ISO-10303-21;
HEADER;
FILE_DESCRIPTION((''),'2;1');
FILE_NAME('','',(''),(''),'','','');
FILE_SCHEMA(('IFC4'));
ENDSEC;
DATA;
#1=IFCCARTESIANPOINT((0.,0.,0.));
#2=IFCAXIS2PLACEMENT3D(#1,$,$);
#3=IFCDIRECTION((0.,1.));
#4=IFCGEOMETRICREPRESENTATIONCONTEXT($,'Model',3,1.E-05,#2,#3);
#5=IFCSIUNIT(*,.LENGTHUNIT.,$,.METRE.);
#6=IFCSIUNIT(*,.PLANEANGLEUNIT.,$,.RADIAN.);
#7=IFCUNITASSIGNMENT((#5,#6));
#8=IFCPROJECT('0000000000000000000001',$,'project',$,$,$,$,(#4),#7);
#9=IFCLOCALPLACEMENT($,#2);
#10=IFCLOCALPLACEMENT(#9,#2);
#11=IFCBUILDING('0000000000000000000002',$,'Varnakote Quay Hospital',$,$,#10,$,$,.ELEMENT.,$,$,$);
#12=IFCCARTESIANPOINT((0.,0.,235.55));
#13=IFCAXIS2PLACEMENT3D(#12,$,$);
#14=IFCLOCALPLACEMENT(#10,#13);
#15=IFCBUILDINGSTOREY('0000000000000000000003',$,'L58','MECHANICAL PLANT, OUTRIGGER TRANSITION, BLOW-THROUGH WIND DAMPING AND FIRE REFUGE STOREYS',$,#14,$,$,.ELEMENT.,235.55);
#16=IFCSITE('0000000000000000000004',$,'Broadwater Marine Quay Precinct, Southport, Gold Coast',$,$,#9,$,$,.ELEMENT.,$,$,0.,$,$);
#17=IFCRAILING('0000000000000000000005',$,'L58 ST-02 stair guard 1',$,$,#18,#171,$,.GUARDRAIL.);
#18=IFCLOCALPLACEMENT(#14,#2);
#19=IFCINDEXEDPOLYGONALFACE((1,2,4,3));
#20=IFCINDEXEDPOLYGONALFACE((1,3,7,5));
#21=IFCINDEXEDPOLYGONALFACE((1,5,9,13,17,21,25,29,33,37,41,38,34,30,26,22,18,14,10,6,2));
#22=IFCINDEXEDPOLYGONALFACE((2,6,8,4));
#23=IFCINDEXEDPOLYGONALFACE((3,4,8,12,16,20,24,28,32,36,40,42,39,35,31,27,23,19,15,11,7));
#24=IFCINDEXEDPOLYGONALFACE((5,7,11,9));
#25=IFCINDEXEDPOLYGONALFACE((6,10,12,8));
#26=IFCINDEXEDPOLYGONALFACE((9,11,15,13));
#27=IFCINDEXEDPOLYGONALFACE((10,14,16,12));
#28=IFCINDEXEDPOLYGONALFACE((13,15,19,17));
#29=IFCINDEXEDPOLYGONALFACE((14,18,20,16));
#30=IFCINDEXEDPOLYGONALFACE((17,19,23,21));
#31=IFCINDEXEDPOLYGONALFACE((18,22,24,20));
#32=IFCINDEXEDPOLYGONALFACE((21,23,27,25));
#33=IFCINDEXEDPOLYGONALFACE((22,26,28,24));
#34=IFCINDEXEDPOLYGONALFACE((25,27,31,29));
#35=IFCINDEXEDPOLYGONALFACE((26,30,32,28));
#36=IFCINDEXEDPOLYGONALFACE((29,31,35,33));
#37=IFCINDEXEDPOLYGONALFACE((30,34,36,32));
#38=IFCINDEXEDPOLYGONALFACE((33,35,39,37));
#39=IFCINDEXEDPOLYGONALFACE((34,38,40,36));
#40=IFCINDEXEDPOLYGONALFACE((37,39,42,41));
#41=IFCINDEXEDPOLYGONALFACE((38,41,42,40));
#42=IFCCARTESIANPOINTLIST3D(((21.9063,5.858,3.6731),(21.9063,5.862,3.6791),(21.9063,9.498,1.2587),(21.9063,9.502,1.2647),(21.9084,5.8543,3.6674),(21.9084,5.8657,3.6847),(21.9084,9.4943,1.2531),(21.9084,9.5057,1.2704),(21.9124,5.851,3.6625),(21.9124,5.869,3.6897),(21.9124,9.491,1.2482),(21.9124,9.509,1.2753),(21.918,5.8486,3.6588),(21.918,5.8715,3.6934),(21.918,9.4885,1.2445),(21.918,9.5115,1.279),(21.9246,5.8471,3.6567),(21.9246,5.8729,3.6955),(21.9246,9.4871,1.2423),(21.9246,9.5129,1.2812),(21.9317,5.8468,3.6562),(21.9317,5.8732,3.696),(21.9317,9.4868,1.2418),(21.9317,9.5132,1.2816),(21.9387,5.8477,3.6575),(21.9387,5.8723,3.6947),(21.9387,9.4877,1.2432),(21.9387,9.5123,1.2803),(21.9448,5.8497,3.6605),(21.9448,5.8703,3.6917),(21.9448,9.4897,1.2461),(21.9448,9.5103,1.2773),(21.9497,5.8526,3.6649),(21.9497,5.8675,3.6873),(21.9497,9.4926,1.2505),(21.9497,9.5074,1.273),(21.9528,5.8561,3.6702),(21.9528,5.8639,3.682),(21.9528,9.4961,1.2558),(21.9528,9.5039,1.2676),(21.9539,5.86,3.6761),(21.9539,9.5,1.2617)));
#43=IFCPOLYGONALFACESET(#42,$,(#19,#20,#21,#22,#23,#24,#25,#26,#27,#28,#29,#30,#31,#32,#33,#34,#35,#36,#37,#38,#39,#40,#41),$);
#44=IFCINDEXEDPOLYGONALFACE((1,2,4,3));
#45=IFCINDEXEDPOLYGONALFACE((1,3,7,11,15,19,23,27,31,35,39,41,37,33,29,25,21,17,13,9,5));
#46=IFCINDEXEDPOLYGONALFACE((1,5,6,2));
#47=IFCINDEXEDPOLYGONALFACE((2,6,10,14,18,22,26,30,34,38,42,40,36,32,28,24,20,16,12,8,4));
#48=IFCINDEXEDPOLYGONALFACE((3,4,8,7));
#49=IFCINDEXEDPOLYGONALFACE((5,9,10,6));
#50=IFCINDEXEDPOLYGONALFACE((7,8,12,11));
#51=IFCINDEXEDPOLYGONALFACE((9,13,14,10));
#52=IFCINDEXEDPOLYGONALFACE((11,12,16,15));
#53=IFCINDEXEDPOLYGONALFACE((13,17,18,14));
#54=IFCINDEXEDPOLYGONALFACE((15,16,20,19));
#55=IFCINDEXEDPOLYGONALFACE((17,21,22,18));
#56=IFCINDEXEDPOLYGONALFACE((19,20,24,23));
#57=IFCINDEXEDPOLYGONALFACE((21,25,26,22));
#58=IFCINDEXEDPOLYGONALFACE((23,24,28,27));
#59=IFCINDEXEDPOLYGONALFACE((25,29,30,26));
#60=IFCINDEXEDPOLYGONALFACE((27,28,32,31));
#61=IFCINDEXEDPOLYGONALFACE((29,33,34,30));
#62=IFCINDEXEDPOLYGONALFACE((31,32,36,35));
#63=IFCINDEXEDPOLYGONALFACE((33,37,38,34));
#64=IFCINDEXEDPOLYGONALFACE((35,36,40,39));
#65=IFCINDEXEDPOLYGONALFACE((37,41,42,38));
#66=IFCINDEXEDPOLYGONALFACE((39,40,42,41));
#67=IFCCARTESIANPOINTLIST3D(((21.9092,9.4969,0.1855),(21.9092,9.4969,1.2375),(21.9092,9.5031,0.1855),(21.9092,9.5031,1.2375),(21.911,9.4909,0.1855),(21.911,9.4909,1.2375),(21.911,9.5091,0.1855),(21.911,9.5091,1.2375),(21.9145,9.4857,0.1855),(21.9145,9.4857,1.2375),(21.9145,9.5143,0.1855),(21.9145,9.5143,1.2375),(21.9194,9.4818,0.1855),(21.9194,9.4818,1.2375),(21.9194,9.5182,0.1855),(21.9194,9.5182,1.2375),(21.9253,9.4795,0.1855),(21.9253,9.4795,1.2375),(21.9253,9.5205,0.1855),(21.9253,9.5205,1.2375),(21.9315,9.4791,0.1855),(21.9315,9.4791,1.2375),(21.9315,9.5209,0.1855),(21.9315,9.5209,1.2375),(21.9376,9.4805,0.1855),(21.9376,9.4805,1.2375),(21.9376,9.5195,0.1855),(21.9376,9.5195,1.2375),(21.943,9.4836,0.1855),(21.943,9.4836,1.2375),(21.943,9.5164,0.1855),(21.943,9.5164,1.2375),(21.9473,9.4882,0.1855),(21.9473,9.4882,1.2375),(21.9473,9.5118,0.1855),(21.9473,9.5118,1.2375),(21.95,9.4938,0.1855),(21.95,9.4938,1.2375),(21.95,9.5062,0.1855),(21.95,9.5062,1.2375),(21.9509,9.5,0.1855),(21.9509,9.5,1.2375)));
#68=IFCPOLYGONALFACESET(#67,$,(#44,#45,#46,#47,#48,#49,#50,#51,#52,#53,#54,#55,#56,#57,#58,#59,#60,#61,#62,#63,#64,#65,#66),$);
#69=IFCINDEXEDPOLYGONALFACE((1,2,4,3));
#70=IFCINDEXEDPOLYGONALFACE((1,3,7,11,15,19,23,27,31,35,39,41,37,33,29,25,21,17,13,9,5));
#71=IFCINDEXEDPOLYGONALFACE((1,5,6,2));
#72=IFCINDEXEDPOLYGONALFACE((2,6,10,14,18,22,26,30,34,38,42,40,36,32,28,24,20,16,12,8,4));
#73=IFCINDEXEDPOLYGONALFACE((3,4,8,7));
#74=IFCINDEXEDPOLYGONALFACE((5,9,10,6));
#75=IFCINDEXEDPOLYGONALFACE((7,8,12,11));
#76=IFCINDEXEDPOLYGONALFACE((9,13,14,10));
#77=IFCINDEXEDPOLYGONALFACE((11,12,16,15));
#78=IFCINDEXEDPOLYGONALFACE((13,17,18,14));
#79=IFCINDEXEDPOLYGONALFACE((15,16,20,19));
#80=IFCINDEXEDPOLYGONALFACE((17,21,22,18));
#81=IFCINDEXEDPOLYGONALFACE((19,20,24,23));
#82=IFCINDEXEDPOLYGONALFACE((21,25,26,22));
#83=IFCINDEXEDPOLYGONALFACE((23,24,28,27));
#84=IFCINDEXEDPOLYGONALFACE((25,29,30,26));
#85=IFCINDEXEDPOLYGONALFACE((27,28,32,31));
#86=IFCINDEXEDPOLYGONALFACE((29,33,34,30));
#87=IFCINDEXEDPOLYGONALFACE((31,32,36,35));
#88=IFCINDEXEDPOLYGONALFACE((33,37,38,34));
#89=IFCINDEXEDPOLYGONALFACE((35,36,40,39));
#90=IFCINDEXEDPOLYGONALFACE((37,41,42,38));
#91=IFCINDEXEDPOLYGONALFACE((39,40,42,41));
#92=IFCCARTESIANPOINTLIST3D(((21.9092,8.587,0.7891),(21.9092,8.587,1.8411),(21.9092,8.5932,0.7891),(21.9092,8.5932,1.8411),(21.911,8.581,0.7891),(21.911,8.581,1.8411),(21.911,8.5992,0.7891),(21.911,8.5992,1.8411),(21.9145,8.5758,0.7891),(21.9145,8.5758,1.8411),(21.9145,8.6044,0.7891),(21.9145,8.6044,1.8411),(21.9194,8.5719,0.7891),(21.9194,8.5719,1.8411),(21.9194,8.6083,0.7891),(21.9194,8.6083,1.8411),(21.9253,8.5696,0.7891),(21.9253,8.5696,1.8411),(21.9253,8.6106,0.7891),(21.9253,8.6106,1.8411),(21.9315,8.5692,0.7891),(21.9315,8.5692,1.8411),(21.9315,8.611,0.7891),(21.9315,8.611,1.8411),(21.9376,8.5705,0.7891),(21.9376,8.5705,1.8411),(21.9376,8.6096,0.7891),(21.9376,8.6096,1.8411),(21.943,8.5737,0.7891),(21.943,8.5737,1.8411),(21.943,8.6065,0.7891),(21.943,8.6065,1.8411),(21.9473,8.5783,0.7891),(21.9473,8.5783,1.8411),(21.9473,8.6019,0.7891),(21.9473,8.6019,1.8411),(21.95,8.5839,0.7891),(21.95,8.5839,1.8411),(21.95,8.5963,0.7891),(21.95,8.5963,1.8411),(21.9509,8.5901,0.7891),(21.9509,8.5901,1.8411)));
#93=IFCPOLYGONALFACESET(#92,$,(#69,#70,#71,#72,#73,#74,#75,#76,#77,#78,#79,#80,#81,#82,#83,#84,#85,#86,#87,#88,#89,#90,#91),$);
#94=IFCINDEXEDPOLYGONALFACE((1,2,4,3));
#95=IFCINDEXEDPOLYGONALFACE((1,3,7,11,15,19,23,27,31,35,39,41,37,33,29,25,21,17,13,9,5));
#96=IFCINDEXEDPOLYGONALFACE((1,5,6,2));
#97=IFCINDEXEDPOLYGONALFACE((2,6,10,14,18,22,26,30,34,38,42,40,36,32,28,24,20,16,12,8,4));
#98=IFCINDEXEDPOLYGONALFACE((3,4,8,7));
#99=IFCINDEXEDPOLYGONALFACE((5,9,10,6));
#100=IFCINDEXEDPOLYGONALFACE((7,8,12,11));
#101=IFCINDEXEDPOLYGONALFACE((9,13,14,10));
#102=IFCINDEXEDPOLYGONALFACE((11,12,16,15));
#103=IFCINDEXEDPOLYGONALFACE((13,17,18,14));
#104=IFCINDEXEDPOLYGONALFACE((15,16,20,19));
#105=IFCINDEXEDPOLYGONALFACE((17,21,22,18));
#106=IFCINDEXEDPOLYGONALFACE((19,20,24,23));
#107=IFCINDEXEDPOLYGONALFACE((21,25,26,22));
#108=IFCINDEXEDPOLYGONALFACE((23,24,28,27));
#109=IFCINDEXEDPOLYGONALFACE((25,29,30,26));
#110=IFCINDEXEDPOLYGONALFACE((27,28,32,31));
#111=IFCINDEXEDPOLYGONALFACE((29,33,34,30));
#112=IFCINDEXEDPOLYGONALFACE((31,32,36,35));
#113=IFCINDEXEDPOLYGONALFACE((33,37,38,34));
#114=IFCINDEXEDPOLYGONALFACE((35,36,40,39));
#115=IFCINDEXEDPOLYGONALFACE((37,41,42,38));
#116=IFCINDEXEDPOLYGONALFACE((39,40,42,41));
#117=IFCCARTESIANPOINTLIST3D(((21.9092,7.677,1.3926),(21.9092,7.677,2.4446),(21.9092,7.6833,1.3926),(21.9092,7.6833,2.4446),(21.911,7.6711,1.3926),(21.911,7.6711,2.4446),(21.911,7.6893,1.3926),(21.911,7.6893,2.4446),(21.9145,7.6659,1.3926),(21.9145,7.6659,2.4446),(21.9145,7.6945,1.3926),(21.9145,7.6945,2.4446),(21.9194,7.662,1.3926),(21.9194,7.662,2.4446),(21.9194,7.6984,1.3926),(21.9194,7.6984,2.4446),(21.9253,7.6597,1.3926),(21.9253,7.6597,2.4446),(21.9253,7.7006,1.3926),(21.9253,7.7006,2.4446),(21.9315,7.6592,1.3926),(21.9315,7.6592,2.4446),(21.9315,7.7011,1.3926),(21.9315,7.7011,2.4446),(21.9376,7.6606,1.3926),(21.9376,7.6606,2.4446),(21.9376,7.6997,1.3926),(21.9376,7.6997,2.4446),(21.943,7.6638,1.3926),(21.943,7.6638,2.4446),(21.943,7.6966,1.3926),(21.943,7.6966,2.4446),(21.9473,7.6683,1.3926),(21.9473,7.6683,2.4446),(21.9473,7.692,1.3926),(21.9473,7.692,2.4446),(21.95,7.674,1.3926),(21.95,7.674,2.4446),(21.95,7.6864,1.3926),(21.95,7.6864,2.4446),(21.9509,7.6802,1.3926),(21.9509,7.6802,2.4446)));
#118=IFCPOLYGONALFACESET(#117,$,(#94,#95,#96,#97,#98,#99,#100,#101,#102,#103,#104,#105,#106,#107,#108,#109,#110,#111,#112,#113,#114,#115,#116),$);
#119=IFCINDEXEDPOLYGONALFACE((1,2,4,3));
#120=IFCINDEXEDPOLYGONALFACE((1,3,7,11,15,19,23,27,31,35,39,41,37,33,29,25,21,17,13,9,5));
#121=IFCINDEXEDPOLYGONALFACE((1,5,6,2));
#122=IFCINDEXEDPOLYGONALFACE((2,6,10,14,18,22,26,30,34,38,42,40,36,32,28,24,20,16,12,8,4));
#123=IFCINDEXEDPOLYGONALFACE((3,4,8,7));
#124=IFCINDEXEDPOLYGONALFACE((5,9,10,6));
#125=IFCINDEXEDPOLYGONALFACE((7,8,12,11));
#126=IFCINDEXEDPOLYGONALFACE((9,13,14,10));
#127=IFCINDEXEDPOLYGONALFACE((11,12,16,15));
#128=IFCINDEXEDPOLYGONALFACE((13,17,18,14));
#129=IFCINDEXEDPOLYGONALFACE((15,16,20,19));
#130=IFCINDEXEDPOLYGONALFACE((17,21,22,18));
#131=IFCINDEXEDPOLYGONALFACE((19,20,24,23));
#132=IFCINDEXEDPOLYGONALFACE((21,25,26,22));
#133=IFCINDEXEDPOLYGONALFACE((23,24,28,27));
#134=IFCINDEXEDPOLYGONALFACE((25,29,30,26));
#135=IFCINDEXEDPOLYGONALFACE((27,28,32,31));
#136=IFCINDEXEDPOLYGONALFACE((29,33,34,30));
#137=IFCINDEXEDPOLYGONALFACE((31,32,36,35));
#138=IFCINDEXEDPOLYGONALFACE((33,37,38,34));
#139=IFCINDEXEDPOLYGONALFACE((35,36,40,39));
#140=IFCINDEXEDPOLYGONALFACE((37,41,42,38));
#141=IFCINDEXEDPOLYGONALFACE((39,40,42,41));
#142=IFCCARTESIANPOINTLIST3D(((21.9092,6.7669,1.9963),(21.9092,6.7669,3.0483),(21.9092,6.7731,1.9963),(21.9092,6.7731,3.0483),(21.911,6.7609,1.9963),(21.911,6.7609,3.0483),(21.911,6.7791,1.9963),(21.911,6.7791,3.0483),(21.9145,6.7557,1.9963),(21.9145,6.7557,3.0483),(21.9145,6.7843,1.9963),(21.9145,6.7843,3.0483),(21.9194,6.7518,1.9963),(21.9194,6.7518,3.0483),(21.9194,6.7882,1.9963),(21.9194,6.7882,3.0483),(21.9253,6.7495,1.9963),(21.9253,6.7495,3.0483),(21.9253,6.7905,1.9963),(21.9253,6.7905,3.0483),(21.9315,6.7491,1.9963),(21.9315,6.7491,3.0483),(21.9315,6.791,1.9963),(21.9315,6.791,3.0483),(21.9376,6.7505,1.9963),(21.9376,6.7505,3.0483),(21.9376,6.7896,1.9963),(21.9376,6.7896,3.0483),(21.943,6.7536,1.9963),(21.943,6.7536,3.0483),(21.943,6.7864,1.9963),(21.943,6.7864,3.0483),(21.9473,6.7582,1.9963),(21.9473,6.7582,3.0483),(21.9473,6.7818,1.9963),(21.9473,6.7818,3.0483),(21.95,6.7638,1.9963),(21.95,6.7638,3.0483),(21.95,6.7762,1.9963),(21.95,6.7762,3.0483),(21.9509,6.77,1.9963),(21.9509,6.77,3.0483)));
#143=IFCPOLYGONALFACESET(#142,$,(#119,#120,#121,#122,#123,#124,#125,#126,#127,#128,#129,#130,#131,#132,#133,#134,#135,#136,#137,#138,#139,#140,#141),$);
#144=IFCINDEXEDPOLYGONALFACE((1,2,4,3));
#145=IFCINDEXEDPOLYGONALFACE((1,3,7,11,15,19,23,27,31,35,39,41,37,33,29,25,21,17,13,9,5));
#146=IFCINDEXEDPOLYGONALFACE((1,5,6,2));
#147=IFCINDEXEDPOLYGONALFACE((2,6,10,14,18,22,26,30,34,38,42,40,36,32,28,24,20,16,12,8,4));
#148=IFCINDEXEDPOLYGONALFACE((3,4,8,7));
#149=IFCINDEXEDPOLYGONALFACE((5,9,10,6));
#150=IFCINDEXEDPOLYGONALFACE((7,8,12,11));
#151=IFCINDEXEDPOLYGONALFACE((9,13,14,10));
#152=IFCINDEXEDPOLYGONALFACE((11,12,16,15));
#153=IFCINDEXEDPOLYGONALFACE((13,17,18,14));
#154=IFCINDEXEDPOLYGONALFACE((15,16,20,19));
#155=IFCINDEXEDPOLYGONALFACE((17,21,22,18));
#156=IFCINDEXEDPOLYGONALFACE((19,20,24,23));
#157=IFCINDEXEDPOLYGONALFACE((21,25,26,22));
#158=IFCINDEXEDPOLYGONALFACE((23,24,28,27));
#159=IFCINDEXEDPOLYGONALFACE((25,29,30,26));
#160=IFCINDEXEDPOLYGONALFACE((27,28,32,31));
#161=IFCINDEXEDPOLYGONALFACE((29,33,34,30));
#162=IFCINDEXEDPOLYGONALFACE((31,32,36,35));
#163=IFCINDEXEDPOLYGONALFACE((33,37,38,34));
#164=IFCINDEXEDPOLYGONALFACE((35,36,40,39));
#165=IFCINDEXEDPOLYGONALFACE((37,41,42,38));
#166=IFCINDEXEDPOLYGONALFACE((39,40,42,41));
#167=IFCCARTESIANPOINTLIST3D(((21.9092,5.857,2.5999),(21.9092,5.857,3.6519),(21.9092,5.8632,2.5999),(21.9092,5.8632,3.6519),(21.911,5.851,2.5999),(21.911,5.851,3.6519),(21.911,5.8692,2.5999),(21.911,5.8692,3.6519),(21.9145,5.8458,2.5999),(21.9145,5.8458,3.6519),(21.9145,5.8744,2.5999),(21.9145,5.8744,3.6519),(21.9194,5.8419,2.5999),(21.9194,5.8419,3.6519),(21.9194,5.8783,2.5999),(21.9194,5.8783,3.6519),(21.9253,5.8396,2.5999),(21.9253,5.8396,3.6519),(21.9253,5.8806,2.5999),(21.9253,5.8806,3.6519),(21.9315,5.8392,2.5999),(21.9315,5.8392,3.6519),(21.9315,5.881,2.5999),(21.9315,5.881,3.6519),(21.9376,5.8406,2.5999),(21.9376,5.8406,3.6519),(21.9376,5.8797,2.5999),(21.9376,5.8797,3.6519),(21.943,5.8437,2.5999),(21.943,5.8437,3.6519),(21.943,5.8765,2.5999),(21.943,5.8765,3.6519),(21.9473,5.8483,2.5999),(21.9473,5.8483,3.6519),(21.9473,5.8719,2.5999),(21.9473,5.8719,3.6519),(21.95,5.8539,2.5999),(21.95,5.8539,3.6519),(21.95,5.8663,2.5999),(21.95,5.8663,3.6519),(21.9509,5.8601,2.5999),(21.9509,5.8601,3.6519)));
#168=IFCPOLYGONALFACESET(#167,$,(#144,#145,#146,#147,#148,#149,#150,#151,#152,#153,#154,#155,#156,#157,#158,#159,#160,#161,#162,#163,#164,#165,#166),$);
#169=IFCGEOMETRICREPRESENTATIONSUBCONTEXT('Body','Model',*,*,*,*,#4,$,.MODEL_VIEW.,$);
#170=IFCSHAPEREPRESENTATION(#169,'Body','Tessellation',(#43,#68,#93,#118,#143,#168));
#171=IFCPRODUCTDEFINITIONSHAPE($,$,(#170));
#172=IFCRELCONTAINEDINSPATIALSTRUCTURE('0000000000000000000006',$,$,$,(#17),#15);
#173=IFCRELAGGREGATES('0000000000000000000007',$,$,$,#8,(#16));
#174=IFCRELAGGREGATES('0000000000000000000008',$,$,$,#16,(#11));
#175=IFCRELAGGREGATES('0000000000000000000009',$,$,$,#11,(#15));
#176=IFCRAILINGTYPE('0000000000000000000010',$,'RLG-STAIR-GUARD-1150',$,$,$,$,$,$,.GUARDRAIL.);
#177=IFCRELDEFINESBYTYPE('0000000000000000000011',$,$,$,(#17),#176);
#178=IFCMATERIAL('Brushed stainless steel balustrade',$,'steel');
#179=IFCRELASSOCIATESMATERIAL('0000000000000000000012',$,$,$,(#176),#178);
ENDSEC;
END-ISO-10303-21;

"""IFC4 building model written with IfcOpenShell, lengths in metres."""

from ifc_helpers import new_model, si_unit, direction, frame, origin, origin_2d, place, context, subcontext, project, spatial, circle, extrude, material, type_object, element, save


model = new_model("IFC4")

# Units and contexts
model_context = context("Model", 3, precision=1e-05, world=origin(), true_north=direction((0.0, 1.0)))
body_context = subcontext(model_context, "Body", "Model", "MODEL_VIEW")
ifc_project = project(units=[si_unit("LENGTHUNIT", "METRE"), si_unit("PLANEANGLEUNIT", "RADIAN")], contexts=[model_context])

# Site, building, storey
site_placement = place(None, origin())
site = spatial("IfcSite", under=ifc_project, at=site_placement, Name="Broadwater Marine Quay Precinct, Southport, Gold Coast", CompositionType="ELEMENT", RefElevation=0.0)
building_placement = place(site_placement, origin())
building = spatial("IfcBuilding", under=site, at=building_placement, Name="Varnakote Quay Hospital", CompositionType="ELEMENT")
storey_placement = place(building_placement, frame((0.0, 0.0, 235.55)))
storey = spatial("IfcBuildingStorey", under=building, at=storey_placement, Name="L58", Description="MECHANICAL PLANT, OUTRIGGER TRANSITION, BLOW-THROUGH WIND DAMPING AND FIRE REFUGE STOREYS", CompositionType="ELEMENT", Elevation=235.55)

# Railing
ifc_material_1 = material(Name="Brushed stainless steel balustrade", Category="steel")
railing_type_1 = type_object("IfcRailingType", Name="RLG-STAIR-GUARD-1150", PredefinedType="GUARDRAIL", material=ifc_material_1)
railing_1_placement = place(storey_placement, frame((21.9299, 9.5, 0.1855)))
element("IfcRailing", 1, at=railing_1_placement, inside=storey, type_object=railing_type_1, Name="L58 ST-02 stair guard 1", PredefinedType="GUARDRAIL", context=body_context, shape_type="SweptSolid", body=[
    extrude(circle(Radius=0.0239, at=origin_2d()), frame((0.0, 0.0, 1.0762), z_axis=(0.0, -0.833347, 0.552751), x_axis=(1.0, 0.0, 0.0)), (0.0, 0.0, 1.0), 4.3679),
    extrude(circle(Radius=0.021, at=origin_2d()), origin(), (0.0, 0.0, 1.0), 1.052),
    extrude(circle(Radius=0.021, at=origin_2d()), frame((0.0, -0.9099, 0.6035)), (0.0, 0.0, 1.0), 1.052),
    extrude(circle(Radius=0.021, at=origin_2d()), frame((0.0, -1.8198, 1.207)), (0.0, 0.0, 1.0), 1.052),
    extrude(circle(Radius=0.021, at=origin_2d()), frame((0.0, -2.73, 1.8108)), (0.0, 0.0, 1.0), 1.052),
    extrude(circle(Radius=0.021, at=origin_2d()), frame((0.0, -3.6399, 2.4143)), (0.0, 0.0, 1.0), 1.052),
])

save(model, "model.ifc")
